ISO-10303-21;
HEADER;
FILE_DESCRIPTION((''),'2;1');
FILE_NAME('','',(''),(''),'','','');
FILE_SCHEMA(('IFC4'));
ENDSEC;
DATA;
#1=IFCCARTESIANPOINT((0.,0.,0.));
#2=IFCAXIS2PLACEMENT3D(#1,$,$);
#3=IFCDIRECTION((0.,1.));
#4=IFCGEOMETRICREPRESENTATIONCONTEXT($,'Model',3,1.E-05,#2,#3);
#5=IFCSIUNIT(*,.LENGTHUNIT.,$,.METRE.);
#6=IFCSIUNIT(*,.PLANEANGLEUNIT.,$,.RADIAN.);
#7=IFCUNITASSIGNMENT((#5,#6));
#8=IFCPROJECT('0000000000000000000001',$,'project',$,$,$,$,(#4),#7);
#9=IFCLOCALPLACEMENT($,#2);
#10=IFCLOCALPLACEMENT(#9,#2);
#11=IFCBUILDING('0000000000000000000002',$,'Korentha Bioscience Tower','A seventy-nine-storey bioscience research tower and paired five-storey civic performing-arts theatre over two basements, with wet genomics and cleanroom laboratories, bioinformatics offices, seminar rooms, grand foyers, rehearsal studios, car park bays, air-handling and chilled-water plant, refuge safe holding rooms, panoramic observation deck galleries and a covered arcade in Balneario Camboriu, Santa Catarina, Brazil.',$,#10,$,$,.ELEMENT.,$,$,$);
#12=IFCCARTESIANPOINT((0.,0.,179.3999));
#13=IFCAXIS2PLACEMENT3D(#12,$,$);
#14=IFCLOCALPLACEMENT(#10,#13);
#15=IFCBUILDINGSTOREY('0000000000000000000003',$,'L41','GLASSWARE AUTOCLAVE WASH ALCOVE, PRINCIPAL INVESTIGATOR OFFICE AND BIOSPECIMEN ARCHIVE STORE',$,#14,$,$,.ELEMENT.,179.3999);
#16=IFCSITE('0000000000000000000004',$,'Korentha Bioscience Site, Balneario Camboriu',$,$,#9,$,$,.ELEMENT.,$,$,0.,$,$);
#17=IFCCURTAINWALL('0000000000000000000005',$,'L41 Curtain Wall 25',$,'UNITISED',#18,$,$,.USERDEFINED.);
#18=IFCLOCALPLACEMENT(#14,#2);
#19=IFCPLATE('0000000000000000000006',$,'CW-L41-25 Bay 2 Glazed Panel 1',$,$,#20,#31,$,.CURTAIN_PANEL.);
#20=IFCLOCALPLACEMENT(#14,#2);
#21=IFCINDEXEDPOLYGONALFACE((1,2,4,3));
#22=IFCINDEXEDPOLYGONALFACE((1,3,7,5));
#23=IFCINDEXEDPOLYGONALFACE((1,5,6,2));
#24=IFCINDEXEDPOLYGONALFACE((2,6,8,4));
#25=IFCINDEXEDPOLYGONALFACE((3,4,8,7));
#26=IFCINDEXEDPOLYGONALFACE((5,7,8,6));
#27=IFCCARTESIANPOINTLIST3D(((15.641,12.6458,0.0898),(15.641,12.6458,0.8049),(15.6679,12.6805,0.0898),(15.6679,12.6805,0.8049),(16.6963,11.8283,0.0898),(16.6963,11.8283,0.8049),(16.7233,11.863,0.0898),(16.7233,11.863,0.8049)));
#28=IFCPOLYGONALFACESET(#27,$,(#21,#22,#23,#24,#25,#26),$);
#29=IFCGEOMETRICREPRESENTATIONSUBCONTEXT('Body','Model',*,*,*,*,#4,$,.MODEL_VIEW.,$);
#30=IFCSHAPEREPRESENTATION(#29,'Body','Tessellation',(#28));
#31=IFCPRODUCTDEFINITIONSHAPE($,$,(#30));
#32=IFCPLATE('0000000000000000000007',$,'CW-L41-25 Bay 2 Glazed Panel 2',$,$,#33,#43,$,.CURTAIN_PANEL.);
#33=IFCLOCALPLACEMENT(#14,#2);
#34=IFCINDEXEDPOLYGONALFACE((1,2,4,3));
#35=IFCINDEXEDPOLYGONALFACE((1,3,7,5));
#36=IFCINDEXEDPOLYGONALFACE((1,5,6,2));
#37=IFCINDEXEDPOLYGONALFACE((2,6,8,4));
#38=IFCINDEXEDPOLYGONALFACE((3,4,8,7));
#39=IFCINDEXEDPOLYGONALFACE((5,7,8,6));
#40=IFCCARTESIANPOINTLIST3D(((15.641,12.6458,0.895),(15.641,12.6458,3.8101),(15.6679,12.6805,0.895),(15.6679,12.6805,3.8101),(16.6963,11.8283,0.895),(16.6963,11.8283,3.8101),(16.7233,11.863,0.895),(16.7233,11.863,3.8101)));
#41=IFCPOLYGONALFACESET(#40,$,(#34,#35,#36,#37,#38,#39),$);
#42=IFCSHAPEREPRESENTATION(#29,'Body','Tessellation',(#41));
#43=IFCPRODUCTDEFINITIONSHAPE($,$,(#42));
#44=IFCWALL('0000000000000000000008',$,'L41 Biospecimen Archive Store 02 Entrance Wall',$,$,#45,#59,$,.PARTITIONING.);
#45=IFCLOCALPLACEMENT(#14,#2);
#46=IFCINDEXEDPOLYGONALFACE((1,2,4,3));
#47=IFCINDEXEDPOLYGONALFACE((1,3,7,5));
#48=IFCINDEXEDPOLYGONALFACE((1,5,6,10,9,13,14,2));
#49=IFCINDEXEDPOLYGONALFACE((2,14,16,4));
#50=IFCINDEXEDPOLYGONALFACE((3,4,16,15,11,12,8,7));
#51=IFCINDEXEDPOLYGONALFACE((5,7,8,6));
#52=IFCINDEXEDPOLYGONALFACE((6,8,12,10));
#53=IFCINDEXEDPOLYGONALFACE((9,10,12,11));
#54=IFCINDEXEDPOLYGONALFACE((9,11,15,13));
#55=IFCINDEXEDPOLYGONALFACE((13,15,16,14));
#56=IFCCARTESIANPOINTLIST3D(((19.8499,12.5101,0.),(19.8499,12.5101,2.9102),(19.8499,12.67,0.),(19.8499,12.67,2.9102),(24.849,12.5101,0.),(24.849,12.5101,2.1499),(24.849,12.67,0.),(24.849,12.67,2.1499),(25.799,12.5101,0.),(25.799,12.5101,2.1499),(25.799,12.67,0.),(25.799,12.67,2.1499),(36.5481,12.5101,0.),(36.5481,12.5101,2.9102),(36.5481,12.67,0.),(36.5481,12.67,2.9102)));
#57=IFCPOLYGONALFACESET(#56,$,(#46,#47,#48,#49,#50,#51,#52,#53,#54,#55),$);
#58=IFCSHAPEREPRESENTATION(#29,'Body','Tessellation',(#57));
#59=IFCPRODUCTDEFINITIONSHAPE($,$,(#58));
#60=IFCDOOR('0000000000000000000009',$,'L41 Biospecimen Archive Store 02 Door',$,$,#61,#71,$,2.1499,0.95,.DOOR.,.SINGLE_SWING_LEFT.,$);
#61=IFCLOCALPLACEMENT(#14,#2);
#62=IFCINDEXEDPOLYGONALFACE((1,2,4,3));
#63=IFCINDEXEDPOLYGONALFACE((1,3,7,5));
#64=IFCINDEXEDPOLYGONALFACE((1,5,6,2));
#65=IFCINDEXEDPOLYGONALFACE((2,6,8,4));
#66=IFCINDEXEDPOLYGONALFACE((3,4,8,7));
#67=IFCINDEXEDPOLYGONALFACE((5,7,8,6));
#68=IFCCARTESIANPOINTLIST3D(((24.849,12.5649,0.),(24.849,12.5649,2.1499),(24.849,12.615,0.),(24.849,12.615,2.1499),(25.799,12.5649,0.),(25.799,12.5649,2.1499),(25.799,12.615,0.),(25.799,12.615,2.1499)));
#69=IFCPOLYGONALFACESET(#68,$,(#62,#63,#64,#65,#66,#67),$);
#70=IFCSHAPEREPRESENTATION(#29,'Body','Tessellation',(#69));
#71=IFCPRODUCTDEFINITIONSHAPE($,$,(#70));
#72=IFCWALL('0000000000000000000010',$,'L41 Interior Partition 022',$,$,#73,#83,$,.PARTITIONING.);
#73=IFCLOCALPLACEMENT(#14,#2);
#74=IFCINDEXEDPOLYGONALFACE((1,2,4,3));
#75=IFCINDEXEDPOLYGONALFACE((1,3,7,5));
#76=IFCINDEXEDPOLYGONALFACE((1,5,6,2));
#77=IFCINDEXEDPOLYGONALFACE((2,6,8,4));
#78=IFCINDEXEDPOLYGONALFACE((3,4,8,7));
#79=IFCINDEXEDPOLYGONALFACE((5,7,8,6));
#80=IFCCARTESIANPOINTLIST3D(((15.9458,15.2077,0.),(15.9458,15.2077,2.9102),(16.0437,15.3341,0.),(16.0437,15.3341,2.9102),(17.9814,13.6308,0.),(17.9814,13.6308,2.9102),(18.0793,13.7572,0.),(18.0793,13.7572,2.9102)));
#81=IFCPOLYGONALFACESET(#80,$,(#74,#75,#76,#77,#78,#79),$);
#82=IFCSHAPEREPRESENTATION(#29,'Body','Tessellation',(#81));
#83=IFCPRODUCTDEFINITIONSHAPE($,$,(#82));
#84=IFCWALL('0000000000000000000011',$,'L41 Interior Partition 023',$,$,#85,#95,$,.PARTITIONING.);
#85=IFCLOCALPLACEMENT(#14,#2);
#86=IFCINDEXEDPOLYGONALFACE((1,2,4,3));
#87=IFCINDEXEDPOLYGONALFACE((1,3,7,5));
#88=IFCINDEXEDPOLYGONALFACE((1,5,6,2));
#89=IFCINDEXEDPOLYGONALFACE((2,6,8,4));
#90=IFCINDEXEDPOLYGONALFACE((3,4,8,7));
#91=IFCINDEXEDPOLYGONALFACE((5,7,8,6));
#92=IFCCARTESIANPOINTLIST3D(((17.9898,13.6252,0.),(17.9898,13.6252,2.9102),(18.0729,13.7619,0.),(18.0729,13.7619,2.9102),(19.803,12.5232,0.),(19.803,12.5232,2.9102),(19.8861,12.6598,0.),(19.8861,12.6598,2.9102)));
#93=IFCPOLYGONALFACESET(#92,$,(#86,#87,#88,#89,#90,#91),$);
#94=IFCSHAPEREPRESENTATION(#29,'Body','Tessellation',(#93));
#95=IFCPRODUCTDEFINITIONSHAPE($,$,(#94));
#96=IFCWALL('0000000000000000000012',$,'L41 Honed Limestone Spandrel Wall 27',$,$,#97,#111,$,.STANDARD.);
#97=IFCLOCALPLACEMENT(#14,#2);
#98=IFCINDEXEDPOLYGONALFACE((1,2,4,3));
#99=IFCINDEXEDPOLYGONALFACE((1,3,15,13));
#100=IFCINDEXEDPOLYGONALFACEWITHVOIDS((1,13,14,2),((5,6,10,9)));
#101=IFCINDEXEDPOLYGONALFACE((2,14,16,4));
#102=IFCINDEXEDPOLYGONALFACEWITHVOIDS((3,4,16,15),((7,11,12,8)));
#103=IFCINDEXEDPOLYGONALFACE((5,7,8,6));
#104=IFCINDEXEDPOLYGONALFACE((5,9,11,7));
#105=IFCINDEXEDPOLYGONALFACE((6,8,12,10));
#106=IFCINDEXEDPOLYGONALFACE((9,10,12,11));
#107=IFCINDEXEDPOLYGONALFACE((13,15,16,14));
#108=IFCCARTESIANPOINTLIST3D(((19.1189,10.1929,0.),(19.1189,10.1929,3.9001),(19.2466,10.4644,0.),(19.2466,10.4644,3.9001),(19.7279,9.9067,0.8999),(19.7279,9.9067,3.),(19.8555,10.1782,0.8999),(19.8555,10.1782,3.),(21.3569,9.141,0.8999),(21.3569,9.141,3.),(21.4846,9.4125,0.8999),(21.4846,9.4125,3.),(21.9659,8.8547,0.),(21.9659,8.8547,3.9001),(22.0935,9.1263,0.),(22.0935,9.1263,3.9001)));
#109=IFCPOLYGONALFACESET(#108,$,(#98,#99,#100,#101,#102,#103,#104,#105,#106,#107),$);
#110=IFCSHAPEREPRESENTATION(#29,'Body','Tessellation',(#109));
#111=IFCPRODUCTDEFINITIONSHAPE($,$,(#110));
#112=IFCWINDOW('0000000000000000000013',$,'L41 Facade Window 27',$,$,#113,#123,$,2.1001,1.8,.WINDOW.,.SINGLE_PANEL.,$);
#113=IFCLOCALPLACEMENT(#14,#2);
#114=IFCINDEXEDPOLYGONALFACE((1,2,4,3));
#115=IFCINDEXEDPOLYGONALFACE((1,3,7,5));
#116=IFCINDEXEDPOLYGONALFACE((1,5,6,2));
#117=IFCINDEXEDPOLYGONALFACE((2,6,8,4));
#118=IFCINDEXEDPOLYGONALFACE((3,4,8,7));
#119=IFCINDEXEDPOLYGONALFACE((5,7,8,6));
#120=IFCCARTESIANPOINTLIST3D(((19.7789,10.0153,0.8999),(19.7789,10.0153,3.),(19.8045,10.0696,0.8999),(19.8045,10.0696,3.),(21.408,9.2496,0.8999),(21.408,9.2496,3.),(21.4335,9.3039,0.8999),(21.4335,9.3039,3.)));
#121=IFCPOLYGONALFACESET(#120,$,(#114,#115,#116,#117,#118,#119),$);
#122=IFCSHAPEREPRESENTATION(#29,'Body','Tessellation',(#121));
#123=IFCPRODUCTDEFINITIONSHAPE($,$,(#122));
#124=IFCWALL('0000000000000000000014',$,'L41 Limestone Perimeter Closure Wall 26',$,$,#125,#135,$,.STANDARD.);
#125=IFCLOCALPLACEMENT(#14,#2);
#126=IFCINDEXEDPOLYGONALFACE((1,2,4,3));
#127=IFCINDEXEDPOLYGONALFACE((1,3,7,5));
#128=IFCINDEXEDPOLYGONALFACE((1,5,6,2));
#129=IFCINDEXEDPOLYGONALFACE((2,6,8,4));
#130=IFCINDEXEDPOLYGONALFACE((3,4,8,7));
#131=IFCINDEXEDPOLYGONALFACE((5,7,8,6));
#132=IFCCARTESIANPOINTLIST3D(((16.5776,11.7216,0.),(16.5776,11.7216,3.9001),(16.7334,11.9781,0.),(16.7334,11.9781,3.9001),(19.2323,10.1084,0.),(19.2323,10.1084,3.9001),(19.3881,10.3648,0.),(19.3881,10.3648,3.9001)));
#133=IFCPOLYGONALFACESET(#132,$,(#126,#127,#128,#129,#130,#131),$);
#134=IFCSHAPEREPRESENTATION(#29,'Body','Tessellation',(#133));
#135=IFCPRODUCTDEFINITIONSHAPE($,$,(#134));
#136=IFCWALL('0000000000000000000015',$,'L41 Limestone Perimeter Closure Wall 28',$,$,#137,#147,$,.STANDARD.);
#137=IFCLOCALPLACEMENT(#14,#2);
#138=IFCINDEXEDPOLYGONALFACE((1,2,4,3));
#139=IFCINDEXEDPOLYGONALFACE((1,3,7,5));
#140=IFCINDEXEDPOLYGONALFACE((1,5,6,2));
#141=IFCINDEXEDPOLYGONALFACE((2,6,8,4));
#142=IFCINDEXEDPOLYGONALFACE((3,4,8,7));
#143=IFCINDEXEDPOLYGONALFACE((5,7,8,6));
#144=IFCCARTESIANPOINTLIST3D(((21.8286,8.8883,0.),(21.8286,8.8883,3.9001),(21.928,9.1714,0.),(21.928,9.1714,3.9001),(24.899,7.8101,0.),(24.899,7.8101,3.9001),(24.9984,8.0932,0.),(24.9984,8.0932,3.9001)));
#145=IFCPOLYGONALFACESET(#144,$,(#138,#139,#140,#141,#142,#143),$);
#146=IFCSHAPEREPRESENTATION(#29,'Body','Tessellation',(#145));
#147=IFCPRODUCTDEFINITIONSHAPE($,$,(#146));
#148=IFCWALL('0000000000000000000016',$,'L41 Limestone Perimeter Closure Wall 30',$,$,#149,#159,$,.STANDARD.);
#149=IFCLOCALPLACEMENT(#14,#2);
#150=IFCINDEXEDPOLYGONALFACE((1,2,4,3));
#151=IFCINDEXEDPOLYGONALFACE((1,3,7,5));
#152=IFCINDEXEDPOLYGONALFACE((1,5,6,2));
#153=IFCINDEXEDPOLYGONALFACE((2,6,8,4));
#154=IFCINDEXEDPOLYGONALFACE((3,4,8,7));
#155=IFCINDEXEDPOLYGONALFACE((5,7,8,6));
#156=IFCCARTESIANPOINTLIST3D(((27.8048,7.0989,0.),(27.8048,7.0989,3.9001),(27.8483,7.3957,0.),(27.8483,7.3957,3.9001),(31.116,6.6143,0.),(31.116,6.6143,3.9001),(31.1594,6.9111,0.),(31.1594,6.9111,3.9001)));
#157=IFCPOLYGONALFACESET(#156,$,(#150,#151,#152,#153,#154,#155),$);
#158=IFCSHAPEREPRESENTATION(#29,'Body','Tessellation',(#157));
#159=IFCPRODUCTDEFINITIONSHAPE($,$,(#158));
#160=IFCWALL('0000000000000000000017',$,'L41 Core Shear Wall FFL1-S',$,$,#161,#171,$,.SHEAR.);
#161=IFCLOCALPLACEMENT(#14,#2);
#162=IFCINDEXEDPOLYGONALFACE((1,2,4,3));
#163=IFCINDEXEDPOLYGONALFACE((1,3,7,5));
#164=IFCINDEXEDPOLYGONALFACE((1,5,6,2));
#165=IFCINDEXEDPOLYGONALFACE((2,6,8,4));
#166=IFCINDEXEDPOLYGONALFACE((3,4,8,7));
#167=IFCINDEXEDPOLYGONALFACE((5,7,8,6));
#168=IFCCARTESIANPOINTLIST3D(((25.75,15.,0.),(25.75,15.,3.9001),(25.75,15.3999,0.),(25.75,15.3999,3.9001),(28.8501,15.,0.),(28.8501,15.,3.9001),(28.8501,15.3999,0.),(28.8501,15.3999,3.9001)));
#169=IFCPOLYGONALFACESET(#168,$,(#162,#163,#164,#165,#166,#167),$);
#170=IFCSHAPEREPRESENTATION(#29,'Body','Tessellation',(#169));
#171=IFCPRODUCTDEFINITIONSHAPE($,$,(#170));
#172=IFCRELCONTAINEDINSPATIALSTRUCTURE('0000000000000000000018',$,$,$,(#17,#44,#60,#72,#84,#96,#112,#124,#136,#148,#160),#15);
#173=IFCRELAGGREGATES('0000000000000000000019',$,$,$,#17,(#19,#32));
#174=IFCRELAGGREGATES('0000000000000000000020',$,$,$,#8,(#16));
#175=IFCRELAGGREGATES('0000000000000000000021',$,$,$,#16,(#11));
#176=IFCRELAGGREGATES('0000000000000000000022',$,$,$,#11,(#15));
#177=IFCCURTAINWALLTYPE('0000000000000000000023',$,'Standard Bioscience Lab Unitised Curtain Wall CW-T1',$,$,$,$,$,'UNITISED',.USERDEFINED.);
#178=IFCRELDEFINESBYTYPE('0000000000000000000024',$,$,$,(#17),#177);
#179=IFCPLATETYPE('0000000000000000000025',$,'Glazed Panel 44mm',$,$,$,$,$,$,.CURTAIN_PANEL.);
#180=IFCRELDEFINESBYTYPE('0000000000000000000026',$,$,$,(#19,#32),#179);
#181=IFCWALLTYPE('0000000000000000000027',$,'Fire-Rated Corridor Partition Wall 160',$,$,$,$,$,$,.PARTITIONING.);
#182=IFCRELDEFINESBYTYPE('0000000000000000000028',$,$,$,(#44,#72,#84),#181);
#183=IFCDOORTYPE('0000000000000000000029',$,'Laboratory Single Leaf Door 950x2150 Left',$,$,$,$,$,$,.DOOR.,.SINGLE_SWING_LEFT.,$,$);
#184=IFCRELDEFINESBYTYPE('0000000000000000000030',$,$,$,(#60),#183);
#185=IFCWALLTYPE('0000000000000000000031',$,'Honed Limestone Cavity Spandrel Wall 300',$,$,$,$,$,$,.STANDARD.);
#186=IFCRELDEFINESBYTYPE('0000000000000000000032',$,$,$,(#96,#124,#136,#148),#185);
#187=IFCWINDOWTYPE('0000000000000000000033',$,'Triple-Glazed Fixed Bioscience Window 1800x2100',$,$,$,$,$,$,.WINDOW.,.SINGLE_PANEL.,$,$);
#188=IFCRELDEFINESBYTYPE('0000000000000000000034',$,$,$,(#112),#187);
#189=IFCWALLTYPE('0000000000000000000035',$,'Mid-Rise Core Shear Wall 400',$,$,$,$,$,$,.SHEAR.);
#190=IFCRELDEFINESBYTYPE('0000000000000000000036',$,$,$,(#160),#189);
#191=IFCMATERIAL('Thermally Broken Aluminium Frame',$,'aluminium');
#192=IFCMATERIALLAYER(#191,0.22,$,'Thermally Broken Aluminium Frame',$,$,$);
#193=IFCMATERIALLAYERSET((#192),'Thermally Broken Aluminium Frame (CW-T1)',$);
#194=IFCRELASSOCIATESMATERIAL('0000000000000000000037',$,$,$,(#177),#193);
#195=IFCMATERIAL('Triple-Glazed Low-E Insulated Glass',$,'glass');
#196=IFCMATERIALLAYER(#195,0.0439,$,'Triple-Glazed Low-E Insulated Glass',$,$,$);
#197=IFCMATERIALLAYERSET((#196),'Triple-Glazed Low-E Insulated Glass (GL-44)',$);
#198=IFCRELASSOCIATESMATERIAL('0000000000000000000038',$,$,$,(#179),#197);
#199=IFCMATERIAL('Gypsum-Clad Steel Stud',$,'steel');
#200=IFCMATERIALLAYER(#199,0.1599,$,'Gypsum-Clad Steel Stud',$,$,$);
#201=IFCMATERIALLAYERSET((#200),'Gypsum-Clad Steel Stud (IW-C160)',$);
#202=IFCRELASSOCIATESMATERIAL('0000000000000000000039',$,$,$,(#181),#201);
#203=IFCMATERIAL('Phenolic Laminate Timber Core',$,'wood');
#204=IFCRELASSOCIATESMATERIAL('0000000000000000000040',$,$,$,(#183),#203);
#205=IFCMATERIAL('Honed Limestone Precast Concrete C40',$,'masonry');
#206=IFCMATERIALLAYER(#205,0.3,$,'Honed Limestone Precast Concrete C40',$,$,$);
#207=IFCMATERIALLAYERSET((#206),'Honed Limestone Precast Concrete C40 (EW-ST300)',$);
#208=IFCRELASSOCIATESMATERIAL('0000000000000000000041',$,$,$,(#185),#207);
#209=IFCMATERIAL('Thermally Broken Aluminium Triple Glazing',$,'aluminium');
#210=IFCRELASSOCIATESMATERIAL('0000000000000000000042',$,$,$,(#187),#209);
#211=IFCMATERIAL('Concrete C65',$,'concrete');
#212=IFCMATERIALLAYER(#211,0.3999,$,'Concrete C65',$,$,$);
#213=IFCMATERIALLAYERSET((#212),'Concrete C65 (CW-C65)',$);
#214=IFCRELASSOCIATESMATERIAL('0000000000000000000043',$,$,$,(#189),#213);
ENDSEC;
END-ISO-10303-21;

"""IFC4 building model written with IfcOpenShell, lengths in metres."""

from ifc_helpers import new_model, si_unit, direction, frame, frame_2d, origin, origin_2d, place, context, subcontext, project, spatial, rectangle, extrude, material, layer, layer_set, type_object, element, fill, aggregate, save


model = new_model("IFC4")

# Units and contexts
model_context = context("Model", 3, precision=1e-05, world=origin(), true_north=direction((0.0, 1.0)))
body_context = subcontext(model_context, "Body", "Model", "MODEL_VIEW")
ifc_project = project(units=[si_unit("LENGTHUNIT", "METRE"), si_unit("PLANEANGLEUNIT", "RADIAN")], contexts=[model_context])

# Site, building, storey
site_placement = place(None, origin())
site = spatial("IfcSite", under=ifc_project, at=site_placement, Name="Korentha Bioscience Site, Balneario Camboriu", CompositionType="ELEMENT", RefElevation=0.0)
building_placement = place(site_placement, origin())
building = spatial("IfcBuilding", under=site, at=building_placement, Name="Korentha Bioscience Tower", Description="A seventy-nine-storey bioscience research tower and paired five-storey civic performing-arts theatre over two basements, with wet genomics and cleanroom laboratories, bioinformatics offices, seminar rooms, grand foyers, rehearsal studios, car park bays, air-handling and chilled-water plant, refuge safe holding rooms, panoramic observation deck galleries and a covered arcade in Balneario Camboriu, Santa Catarina, Brazil.", CompositionType="ELEMENT")
storey_placement = place(building_placement, frame((0.0, 0.0, 179.3999)))
storey = spatial("IfcBuildingStorey", under=building, at=storey_placement, Name="L41", Description="GLASSWARE AUTOCLAVE WASH ALCOVE, PRINCIPAL INVESTIGATOR OFFICE AND BIOSPECIMEN ARCHIVE STORE", CompositionType="ELEMENT", Elevation=179.3999)

# Shared definitions
ifc_material_1 = material(Name="Concrete C65", Category="concrete")

# Curtain wall
ifc_material_2 = material(Name="Thermally Broken Aluminium Frame", Category="aluminium")
ifc_layer_1 = layer(ifc_material_2, 0.22, Name="Thermally Broken Aluminium Frame")
ifc_layer_set_1 = layer_set([ifc_layer_1], Name="Thermally Broken Aluminium Frame (CW-T1)")
curtain_wall_type = type_object("IfcCurtainWallType", Name="Standard Bioscience Lab Unitised Curtain Wall CW-T1", ElementType="UNITISED", PredefinedType="USERDEFINED", material=ifc_layer_set_1)
curtain_wall_placement = place(storey_placement, origin())
curtain_wall = element("IfcCurtainWall", 1, at=curtain_wall_placement, inside=storey, type_object=curtain_wall_type, Name="L41 Curtain Wall 25", ObjectType="UNITISED", PredefinedType="USERDEFINED")

# Plates
ifc_material_3 = material(Name="Triple-Glazed Low-E Insulated Glass", Category="glass")
ifc_layer_2 = layer(ifc_material_3, 0.0439, Name="Triple-Glazed Low-E Insulated Glass")
ifc_layer_set_2 = layer_set([ifc_layer_2], Name="Triple-Glazed Low-E Insulated Glass (GL-44)")
plate_type = type_object("IfcPlateType", Name="Glazed Panel 44mm", PredefinedType="CURTAIN_PANEL", material=ifc_layer_set_2)
plate_1_placement = place(storey_placement, frame((16.1821, 12.2544, 0.0898), z_axis=(0.0, 0.0, 1.0), x_axis=(0.790547, -0.612402, 0.0)))
plate_1 = element("IfcPlate", 2, at=plate_1_placement, type_object=plate_type, Name="CW-L41-25 Bay 2 Glazed Panel 1", PredefinedType="CURTAIN_PANEL", context=body_context, shape_type="SweptSolid", body=[
    extrude(rectangle(XDim=1.335, YDim=0.0439, at=origin_2d()), origin(), (0.0, 0.0, 1.0), 0.7151),
])
plate_2_placement = place(storey_placement, frame((16.1821, 12.2544, 0.895), z_axis=(0.0, 0.0, 1.0), x_axis=(0.790547, -0.612402, 0.0)))
plate_2 = element("IfcPlate", 3, at=plate_2_placement, type_object=plate_type, Name="CW-L41-25 Bay 2 Glazed Panel 2", PredefinedType="CURTAIN_PANEL", context=body_context, shape_type="SweptSolid", body=[
    extrude(rectangle(XDim=1.335, YDim=0.0439, at=origin_2d()), origin(), (0.0, 0.0, 1.0), 2.915),
])
aggregate(curtain_wall, [plate_1, plate_2])

# Wall, opening, door
ifc_material_4 = material(Name="Gypsum-Clad Steel Stud", Category="steel")
ifc_layer_3 = layer(ifc_material_4, 0.1599, Name="Gypsum-Clad Steel Stud")
ifc_layer_set_3 = layer_set([ifc_layer_3], Name="Gypsum-Clad Steel Stud (IW-C160)")
wall_type_1 = type_object("IfcWallType", Name="Fire-Rated Corridor Partition Wall 160", PredefinedType="PARTITIONING", material=ifc_layer_set_3)
wall_1_placement = place(storey_placement, frame((19.8499, 12.5901, 0.0), z_axis=(0.0, 0.0, 1.0), x_axis=(1.0, 0.0, 0.0)))
wall_1 = element("IfcWall", 4, at=wall_1_placement, inside=storey, type_object=wall_type_1, Name="L41 Biospecimen Archive Store 02 Entrance Wall", PredefinedType="PARTITIONING", context=body_context, shape_type="SweptSolid", body=[
    extrude(rectangle(XDim=16.6982, YDim=0.1599, at=frame_2d((8.3491, 0.0))), origin(), (0.0, 0.0, 1.0), 2.9102),
])
opening_1_placement = place(wall_1_placement, frame((4.999, 0.0, 0.0)))
opening_1 = element("IfcOpeningElement", 5, at=opening_1_placement, cuts=wall_1, PredefinedType="OPENING", context=body_context, shape_type="SweptSolid", body=[
    extrude(rectangle(XDim=0.95, YDim=2.1499, at=frame_2d((0.4751, 1.075))), frame((0.0, 0.0947, 0.0), z_axis=(0.0, -1.0, 0.0), x_axis=(1.0, 0.0, 0.0)), (0.0, 0.0, 1.0), 0.1897),
])
ifc_material_5 = material(Name="Phenolic Laminate Timber Core", Category="wood")
door_type_1 = type_object("IfcDoorType", Name="Laboratory Single Leaf Door 950x2150 Left", OperationType="SINGLE_SWING_LEFT", PredefinedType="DOOR", material=ifc_material_5)
door_1_placement = place(opening_1_placement, origin())
door_1 = element("IfcDoor", 6, at=door_1_placement, inside=storey, type_object=door_type_1, Name="L41 Biospecimen Archive Store 02 Door", OperationType="SINGLE_SWING_LEFT", OverallHeight=2.1499, OverallWidth=0.95, PredefinedType="DOOR", context=body_context, shape_type="SweptSolid", body=[
    extrude(rectangle(XDim=0.95, YDim=2.1499, at=frame_2d((0.4751, 1.075))), frame((0.0, 0.0249, 0.0), z_axis=(0.0, -1.0, 0.0), x_axis=(1.0, 0.0, 0.0)), (0.0, 0.0, 1.0), 0.05),
])
fill(opening_1, door_1)

# Walls
wall_2_placement = place(storey_placement, frame((15.9946, 15.271, 0.0), z_axis=(0.0, 0.0, 1.0), x_axis=(0.79055, -0.612397, 0.0)))
element("IfcWall", 7, at=wall_2_placement, inside=storey, type_object=wall_type_1, Name="L41 Interior Partition 022", PredefinedType="PARTITIONING", context=body_context, shape_type="SweptSolid", body=[
    extrude(rectangle(XDim=2.575, YDim=0.1599, at=frame_2d((1.2876, 0.0))), origin(), (0.0, 0.0, 1.0), 2.9102),
])
wall_3_placement = place(storey_placement, frame((18.0312, 13.6936, 0.0), z_axis=(0.0, 0.0, 1.0), x_axis=(0.854545, -0.519377, 0.0)))
element("IfcWall", 8, at=wall_3_placement, inside=storey, type_object=wall_type_1, Name="L41 Interior Partition 023", PredefinedType="PARTITIONING", context=body_context, shape_type="SweptSolid", body=[
    extrude(rectangle(XDim=2.1218, YDim=0.1599, at=frame_2d((1.061, 0.0))), origin(), (0.0, 0.0, 1.0), 2.9102),
])

# Wall, opening, window
ifc_material_6 = material(Name="Honed Limestone Precast Concrete C40", Category="masonry")
ifc_layer_4 = layer(ifc_material_6, 0.3, Name="Honed Limestone Precast Concrete C40")
ifc_layer_set_4 = layer_set([ifc_layer_4], Name="Honed Limestone Precast Concrete C40 (EW-ST300)")
wall_type_2 = type_object("IfcWallType", Name="Honed Limestone Cavity Spandrel Wall 300", PredefinedType="STANDARD", material=ifc_layer_set_4)
wall_4_placement = place(storey_placement, frame((19.1829, 10.3286, 0.0), z_axis=(0.0, 0.0, 1.0), x_axis=(0.905014, -0.425382, 0.0)))
wall_4 = element("IfcWall", 9, at=wall_4_placement, inside=storey, type_object=wall_type_2, Name="L41 Honed Limestone Spandrel Wall 27", PredefinedType="STANDARD", context=body_context, shape_type="SweptSolid", body=[
    extrude(rectangle(XDim=3.1458, YDim=0.3, at=frame_2d((1.5728, 0.0))), origin(), (0.0, 0.0, 1.0), 3.9001),
])
opening_2_placement = place(wall_4_placement, frame((0.6729, 0.0, 0.8999)))
opening_2 = element("IfcOpeningElement", 10, at=opening_2_placement, cuts=wall_4, PredefinedType="OPENING", context=body_context, shape_type="SweptSolid", body=[
    extrude(rectangle(XDim=1.8, YDim=2.1001, at=frame_2d((0.8999, 1.05))), frame((0.0, 0.165, 0.0), z_axis=(0.0, -1.0, 0.0), x_axis=(1.0, 0.0, 0.0)), (0.0, 0.0, 1.0), 0.3298),
])
ifc_material_7 = material(Name="Thermally Broken Aluminium Triple Glazing", Category="aluminium")
window_type = type_object("IfcWindowType", Name="Triple-Glazed Fixed Bioscience Window 1800x2100", PartitioningType="SINGLE_PANEL", PredefinedType="WINDOW", material=ifc_material_7)
window_placement = place(opening_2_placement, origin())
window = element("IfcWindow", 11, at=window_placement, inside=storey, type_object=window_type, Name="L41 Facade Window 27", OverallHeight=2.1001, OverallWidth=1.8, PartitioningType="SINGLE_PANEL", PredefinedType="WINDOW", context=body_context, shape_type="SweptSolid", body=[
    extrude(rectangle(XDim=1.8, YDim=2.1001, at=frame_2d((0.8999, 1.05))), frame((0.0, 0.03, 0.0), z_axis=(0.0, -1.0, 0.0), x_axis=(1.0, 0.0, 0.0)), (0.0, 0.0, 1.0), 0.0601),
])
fill(opening_2, window)

# Walls
wall_5_placement = place(storey_placement, frame((16.6555, 11.8499, 0.0), z_axis=(0.0, 0.0, 1.0), x_axis=(0.854581, -0.519319, 0.0)))
element("IfcWall", 12, at=wall_5_placement, inside=storey, type_object=wall_type_2, Name="L41 Limestone Perimeter Closure Wall 26", PredefinedType="STANDARD", context=body_context, shape_type="SweptSolid", body=[
    extrude(rectangle(XDim=3.1064, YDim=0.3, at=frame_2d((1.5532, 0.0))), origin(), (0.0, 0.0, 1.0), 3.9001),
])
wall_6_placement = place(storey_placement, frame((21.8784, 9.0298, 0.0), z_axis=(0.0, 0.0, 1.0), x_axis=(0.943521, -0.331313, 0.0)))
element("IfcWall", 13, at=wall_6_placement, inside=storey, type_object=wall_type_2, Name="L41 Limestone Perimeter Closure Wall 28", PredefinedType="STANDARD", context=body_context, shape_type="SweptSolid", body=[
    extrude(rectangle(XDim=3.2542, YDim=0.3, at=frame_2d((1.627, 0.0))), origin(), (0.0, 0.0, 1.0), 3.9001),
])
wall_7_placement = place(storey_placement, frame((27.8264, 7.2473, 0.0), z_axis=(0.0, 0.0, 1.0), x_axis=(0.989459, -0.144811, 0.0)))
element("IfcWall", 14, at=wall_7_placement, inside=storey, type_object=wall_type_2, Name="L41 Limestone Perimeter Closure Wall 30", PredefinedType="STANDARD", context=body_context, shape_type="SweptSolid", body=[
    extrude(rectangle(XDim=3.3464, YDim=0.3, at=frame_2d((1.6733, 0.0))), origin(), (0.0, 0.0, 1.0), 3.9001),
])
ifc_layer_5 = layer(ifc_material_1, 0.3999, Name="Concrete C65")
ifc_layer_set_5 = layer_set([ifc_layer_5], Name="Concrete C65 (CW-C65)")
wall_type_3 = type_object("IfcWallType", Name="Mid-Rise Core Shear Wall 400", PredefinedType="SHEAR", material=ifc_layer_set_5)
wall_8_placement = place(storey_placement, frame((25.75, 15.2, 0.0), z_axis=(0.0, 0.0, 1.0), x_axis=(1.0, 0.0, 0.0)))
element("IfcWall", 15, at=wall_8_placement, inside=storey, type_object=wall_type_3, Name="L41 Core Shear Wall FFL1-S", PredefinedType="SHEAR", context=body_context, shape_type="SweptSolid", body=[
    extrude(rectangle(XDim=3.1001, YDim=0.3999, at=frame_2d((1.55, 0.0))), origin(), (0.0, 0.0, 1.0), 3.9001),
])

save(model, "model.ifc")
